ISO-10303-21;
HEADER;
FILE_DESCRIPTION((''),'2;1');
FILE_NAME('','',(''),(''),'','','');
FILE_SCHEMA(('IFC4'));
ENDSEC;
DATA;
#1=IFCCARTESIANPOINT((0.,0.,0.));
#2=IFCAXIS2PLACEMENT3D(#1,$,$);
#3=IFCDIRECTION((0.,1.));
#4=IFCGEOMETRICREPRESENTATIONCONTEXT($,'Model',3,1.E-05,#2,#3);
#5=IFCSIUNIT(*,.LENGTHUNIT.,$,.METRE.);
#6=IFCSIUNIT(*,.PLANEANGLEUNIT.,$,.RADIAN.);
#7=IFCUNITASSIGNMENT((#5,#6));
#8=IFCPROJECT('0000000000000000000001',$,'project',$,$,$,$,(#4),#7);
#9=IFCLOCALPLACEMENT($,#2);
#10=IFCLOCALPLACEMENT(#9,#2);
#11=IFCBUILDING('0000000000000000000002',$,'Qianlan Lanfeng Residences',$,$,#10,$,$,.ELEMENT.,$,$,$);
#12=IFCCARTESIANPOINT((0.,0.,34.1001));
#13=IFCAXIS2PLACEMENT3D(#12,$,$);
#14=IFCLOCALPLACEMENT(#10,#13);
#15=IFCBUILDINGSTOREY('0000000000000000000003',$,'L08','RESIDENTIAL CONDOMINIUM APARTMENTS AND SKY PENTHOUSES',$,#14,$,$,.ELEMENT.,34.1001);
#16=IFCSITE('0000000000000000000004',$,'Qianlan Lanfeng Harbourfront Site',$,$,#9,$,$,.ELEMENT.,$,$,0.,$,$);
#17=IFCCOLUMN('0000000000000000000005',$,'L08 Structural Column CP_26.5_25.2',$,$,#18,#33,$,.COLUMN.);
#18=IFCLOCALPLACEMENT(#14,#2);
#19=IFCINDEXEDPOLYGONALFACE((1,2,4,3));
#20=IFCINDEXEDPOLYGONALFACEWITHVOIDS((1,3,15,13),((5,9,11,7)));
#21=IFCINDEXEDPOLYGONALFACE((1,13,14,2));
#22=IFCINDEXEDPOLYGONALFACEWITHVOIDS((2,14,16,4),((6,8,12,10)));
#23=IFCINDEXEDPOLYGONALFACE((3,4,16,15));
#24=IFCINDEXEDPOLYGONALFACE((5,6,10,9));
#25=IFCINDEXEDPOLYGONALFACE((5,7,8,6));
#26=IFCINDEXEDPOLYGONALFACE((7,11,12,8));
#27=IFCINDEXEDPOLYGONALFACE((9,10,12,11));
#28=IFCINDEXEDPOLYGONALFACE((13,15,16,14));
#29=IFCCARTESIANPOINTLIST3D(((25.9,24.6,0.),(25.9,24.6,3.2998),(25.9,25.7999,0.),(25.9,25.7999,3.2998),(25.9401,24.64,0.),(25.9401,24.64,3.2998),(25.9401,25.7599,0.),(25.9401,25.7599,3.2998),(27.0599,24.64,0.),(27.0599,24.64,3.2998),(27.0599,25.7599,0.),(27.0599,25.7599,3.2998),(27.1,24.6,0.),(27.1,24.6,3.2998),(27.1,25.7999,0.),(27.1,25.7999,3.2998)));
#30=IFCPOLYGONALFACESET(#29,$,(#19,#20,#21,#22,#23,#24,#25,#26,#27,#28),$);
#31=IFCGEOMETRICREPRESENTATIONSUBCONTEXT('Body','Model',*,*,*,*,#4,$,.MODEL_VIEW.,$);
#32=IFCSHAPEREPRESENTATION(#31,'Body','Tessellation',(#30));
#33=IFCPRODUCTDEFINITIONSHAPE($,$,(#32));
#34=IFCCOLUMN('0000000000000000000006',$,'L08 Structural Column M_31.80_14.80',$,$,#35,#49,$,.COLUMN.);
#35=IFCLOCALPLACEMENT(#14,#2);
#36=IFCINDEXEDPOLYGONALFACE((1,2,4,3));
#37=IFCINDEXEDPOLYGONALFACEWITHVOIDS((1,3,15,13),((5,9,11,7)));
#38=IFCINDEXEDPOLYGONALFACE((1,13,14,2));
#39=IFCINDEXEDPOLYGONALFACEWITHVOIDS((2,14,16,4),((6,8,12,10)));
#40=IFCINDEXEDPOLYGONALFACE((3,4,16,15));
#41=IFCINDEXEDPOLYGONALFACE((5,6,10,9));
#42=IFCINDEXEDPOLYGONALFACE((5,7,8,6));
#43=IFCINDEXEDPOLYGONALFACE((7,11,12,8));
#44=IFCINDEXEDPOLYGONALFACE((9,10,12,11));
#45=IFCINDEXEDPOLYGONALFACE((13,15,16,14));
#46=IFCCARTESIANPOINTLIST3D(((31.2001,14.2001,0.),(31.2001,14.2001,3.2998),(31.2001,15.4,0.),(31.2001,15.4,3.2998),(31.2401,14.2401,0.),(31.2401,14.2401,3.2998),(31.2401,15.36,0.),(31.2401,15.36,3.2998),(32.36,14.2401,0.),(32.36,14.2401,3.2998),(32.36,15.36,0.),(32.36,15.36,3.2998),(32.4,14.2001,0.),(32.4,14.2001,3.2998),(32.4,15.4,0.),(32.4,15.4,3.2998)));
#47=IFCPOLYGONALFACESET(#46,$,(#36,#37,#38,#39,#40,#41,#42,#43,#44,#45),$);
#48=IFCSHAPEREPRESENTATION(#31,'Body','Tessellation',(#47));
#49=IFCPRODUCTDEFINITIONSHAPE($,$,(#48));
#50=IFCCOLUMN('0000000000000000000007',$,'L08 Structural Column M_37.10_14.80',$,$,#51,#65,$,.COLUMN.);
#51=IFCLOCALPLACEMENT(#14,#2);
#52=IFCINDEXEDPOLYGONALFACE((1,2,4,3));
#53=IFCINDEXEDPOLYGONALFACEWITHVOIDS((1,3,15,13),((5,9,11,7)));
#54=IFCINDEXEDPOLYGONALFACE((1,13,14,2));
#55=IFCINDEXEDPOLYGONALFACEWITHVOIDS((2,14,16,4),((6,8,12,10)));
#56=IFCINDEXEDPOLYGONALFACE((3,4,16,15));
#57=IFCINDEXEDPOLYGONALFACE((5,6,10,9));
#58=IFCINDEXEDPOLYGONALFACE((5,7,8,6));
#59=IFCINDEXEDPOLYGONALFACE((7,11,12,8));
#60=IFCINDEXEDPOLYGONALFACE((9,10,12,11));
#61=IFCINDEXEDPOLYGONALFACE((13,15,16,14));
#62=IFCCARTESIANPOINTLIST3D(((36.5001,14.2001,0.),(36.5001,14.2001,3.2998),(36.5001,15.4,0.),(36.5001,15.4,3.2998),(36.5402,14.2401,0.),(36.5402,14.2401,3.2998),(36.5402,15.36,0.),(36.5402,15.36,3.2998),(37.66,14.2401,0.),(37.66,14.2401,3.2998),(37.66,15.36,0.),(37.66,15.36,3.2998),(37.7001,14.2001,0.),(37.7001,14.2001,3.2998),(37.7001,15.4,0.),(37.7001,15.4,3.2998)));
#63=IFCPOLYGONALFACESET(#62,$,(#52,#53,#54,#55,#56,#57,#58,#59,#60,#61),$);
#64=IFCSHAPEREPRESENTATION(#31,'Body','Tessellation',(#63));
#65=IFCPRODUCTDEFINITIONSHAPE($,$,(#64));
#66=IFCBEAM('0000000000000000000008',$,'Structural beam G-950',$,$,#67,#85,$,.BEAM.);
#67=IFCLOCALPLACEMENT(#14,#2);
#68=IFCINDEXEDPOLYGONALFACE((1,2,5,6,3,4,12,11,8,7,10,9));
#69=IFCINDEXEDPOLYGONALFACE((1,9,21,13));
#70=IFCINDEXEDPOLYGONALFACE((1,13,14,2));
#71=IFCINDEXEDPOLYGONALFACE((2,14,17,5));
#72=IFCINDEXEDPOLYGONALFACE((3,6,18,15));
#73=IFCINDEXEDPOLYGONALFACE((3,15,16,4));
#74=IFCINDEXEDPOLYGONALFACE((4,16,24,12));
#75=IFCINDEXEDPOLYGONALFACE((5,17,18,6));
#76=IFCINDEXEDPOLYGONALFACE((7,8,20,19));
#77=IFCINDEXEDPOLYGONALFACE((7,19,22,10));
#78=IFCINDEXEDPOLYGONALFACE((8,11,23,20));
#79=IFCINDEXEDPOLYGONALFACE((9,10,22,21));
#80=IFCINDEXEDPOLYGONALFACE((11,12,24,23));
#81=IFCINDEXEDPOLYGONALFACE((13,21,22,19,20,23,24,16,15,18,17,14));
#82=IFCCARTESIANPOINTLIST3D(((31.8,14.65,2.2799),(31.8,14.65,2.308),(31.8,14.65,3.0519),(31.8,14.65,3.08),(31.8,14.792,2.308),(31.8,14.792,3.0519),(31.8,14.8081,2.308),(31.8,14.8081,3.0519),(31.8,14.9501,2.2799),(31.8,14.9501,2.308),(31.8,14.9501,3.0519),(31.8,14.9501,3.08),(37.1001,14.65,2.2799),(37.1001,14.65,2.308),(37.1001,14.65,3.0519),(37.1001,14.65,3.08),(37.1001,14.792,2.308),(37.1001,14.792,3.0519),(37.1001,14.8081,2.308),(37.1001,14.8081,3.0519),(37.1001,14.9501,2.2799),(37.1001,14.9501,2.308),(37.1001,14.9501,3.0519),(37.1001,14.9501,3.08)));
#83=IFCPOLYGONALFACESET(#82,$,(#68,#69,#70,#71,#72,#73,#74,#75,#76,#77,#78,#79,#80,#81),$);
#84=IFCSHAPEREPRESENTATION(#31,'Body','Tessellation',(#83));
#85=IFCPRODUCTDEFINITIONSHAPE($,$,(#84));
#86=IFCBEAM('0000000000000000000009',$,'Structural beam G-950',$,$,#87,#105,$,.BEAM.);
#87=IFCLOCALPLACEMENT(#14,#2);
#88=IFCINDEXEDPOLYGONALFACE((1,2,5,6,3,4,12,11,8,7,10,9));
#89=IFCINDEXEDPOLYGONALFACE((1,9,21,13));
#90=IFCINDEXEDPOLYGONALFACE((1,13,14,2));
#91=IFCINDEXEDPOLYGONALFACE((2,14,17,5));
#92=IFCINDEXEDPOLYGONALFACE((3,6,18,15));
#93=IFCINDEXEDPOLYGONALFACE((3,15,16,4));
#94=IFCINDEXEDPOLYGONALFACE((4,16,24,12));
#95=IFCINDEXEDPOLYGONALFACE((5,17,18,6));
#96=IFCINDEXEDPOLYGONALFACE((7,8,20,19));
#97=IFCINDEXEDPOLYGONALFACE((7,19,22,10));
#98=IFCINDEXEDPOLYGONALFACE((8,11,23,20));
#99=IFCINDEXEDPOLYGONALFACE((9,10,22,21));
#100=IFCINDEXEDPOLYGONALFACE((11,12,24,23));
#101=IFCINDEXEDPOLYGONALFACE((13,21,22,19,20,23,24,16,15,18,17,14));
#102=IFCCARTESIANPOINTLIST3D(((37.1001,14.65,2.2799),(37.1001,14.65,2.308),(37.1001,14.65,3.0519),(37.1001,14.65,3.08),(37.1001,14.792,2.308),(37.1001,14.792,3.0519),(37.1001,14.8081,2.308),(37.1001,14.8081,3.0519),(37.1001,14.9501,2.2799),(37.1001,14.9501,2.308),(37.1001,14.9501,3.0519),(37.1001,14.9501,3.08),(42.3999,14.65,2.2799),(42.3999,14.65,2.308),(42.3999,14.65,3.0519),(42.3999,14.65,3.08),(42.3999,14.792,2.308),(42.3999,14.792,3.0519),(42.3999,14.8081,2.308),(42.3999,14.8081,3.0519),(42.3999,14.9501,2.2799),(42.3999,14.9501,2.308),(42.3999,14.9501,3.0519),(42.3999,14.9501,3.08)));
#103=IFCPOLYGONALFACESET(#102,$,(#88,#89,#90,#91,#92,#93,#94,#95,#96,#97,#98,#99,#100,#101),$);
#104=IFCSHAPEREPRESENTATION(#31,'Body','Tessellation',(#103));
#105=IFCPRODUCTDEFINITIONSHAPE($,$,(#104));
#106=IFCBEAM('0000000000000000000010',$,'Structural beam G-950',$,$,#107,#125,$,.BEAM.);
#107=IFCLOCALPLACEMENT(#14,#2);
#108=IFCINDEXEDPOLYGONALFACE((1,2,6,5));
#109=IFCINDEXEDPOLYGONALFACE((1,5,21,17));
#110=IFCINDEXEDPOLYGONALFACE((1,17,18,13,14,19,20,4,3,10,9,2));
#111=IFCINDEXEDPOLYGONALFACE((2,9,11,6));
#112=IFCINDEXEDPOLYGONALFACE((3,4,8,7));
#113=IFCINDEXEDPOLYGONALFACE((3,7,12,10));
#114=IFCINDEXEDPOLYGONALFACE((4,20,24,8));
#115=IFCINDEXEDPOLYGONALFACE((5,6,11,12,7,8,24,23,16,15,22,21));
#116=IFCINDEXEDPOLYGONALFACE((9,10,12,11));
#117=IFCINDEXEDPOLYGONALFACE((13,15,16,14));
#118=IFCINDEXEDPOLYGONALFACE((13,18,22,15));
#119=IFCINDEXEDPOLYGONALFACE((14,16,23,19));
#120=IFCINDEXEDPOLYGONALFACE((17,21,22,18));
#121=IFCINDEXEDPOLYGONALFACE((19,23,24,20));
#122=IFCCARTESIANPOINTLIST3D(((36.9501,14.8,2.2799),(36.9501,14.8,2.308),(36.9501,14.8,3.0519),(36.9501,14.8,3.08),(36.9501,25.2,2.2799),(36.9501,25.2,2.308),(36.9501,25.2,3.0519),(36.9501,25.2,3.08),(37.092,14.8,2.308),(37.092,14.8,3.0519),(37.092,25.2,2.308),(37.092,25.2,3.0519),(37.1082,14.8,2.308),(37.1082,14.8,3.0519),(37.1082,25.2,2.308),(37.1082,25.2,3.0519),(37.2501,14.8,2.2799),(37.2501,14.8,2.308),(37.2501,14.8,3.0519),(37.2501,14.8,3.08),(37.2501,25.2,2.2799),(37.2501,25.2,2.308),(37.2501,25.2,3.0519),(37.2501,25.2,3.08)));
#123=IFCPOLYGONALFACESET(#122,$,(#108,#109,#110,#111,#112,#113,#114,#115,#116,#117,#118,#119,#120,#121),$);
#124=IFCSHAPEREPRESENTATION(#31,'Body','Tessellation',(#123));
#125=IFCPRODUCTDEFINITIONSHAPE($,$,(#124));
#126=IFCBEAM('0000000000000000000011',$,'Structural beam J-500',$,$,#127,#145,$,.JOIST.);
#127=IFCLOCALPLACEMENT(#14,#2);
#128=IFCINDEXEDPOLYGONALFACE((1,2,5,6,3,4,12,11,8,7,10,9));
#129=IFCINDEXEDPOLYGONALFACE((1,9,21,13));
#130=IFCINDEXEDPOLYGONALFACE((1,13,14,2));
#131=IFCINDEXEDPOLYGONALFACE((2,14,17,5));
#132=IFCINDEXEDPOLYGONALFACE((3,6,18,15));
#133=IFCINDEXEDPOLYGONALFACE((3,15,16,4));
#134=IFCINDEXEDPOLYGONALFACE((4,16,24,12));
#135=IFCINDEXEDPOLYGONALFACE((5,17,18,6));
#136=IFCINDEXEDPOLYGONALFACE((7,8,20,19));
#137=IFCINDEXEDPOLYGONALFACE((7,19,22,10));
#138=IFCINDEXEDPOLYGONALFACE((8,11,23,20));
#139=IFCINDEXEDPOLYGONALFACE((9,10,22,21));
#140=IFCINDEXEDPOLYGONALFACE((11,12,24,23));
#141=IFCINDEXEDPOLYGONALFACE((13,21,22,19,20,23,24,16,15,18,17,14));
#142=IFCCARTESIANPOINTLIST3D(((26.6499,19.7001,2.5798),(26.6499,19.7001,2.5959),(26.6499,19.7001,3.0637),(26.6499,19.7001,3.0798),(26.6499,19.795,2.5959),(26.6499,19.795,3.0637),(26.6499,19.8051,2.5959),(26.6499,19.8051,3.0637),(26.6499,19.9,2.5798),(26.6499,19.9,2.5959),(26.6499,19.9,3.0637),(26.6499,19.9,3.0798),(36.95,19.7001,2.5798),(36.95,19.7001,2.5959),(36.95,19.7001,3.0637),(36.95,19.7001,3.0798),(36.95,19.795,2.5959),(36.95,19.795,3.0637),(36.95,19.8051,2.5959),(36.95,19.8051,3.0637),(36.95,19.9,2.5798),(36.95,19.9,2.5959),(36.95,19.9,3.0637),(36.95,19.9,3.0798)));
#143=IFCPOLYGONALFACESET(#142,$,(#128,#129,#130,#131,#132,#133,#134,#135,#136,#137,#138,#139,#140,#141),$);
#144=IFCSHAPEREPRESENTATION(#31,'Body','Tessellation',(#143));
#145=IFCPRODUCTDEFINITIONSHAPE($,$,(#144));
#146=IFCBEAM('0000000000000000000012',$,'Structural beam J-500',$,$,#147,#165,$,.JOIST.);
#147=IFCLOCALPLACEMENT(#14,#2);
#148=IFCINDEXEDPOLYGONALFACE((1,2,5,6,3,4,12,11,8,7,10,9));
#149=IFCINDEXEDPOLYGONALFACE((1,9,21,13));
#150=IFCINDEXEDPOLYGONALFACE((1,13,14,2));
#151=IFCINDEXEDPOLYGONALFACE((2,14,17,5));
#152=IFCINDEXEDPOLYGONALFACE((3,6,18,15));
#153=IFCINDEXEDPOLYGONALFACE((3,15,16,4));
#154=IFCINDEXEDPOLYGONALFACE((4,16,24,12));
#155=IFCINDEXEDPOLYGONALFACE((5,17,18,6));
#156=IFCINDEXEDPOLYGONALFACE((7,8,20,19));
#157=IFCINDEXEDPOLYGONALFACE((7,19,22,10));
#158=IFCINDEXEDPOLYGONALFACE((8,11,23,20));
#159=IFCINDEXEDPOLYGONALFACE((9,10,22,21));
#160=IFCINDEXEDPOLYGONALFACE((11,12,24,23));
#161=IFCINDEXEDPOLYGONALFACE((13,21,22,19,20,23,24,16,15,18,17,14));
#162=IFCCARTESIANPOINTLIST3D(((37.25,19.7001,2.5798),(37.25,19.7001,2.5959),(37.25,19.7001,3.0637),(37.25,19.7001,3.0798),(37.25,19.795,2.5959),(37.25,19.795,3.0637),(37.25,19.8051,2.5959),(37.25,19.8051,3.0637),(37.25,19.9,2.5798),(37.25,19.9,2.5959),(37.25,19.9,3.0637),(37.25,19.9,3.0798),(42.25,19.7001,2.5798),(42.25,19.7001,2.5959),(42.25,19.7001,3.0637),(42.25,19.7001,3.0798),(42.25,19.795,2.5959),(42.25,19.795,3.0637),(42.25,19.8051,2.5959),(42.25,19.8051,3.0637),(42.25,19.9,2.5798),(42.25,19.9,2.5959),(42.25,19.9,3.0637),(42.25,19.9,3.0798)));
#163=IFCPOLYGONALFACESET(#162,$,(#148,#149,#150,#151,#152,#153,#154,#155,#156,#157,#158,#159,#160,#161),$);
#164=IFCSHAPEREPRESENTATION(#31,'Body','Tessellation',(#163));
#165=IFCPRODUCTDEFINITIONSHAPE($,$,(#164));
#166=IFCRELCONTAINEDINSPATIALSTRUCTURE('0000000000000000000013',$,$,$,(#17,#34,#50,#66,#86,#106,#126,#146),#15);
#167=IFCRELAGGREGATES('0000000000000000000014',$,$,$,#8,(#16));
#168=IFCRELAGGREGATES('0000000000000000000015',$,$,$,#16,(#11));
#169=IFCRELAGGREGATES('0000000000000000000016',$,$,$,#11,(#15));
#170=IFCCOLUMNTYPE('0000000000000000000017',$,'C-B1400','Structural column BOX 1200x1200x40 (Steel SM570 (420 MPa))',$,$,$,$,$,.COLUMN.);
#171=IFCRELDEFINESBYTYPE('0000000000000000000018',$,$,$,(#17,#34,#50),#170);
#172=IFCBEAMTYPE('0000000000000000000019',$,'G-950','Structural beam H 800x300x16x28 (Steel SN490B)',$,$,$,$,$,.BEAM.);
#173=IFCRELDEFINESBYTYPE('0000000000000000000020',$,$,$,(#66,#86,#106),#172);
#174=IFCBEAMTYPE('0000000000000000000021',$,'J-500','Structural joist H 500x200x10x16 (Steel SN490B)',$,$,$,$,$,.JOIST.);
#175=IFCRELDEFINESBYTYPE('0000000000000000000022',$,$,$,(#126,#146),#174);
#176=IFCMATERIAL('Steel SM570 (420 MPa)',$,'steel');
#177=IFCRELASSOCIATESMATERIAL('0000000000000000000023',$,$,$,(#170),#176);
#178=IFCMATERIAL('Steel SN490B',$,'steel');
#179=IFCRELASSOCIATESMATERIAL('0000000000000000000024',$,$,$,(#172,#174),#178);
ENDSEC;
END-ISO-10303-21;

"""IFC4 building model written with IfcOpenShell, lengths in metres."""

from ifc_helpers import new_model, si_unit, direction, frame, origin, origin_2d, place, context, subcontext, project, spatial, hollow_rectangle, i_section, extrude, material, material_profile, profile_set, type_object, element, save


model = new_model("IFC4")

# Units and contexts
model_context = context("Model", 3, precision=1e-05, world=origin(), true_north=direction((0.0, 1.0)))
body_context = subcontext(model_context, "Body", "Model", "MODEL_VIEW")
ifc_project = project(units=[si_unit("LENGTHUNIT", "METRE"), si_unit("PLANEANGLEUNIT", "RADIAN")], contexts=[model_context])

# Site, building, storey
site_placement = place(None, origin())
site = spatial("IfcSite", under=ifc_project, at=site_placement, Name="Qianlan Lanfeng Harbourfront Site", CompositionType="ELEMENT", RefElevation=0.0)
building_placement = place(site_placement, origin())
building = spatial("IfcBuilding", under=site, at=building_placement, Name="Qianlan Lanfeng Residences", CompositionType="ELEMENT")
storey_placement = place(building_placement, frame((0.0, 0.0, 34.1001)))
storey = spatial("IfcBuildingStorey", under=building, at=storey_placement, Name="L08", Description="RESIDENTIAL CONDOMINIUM APARTMENTS AND SKY PENTHOUSES", CompositionType="ELEMENT", Elevation=34.1001)

# Columns
ifc_material_1 = material(Name="Steel SM570 (420 MPa)", Category="steel")
ifc_material_profile_1 = material_profile(ifc_material_1, hollow_rectangle(XDim=1.2, YDim=1.2, WallThickness=0.04, at=origin_2d()), Name="BOX 1200x1200x40")
ifc_profile_set_1 = profile_set([ifc_material_profile_1], Name="Steel SM570 (420 MPa)")
column_type = type_object("IfcColumnType", Name="C-B1400", Description="Structural column BOX 1200x1200x40 (Steel SM570 (420 MPa))", PredefinedType="COLUMN", material=ifc_profile_set_1)
for number, where, z_axis, x_axis, name in (
    (1, (26.5, 25.2, 0.0), (0.0, 0.0, 1.0), (1.0, 0.0, 0.0), "L08 Structural Column CP_26.5_25.2"),
    (2, (31.8, 14.8, 0.0), (0.0, 0.0, 1.0), (1.0, 0.0, 0.0), "L08 Structural Column M_31.80_14.80"),
    (3, (37.1001, 14.8, 0.0), (0.0, 0.0, 1.0), (1.0, 0.0, 0.0), "L08 Structural Column M_37.10_14.80"),
):
    element("IfcColumn", number, at=place(storey_placement, frame(where, z_axis=z_axis, x_axis=x_axis)), inside=storey, type_object=column_type, Name=name, PredefinedType="COLUMN", context=body_context, shape_type="SweptSolid", body=[
        extrude(hollow_rectangle(XDim=1.2, YDim=1.2, WallThickness=0.04, at=origin_2d()), origin(), (0.0, 0.0, 1.0), 3.2998),
    ])

# Beams
ifc_material_2 = material(Name="Steel SN490B", Category="steel")
ifc_material_profile_2 = material_profile(ifc_material_2, i_section(OverallWidth=0.3, OverallDepth=0.8, WebThickness=0.0161, FlangeThickness=0.0281, at=origin_2d()), Name="H 800x300x16x28")
ifc_profile_set_2 = profile_set([ifc_material_profile_2], Name="Steel SN490B")
beam_type_1 = type_object("IfcBeamType", Name="G-950", Description="Structural beam H 800x300x16x28 (Steel SN490B)", PredefinedType="BEAM", material=ifc_profile_set_2)
beam_1_placement = place(storey_placement, frame((31.8, 14.8, 2.6799), z_axis=(1.0, 0.0, 0.0), x_axis=(0.0, 1.0, 0.0)))
element("IfcBeam", 4, at=beam_1_placement, inside=storey, type_object=beam_type_1, Name="Structural beam G-950", PredefinedType="BEAM", context=body_context, shape_type="SweptSolid", body=[
    extrude(i_section(OverallWidth=0.3, OverallDepth=0.8, WebThickness=0.0161, FlangeThickness=0.0281, at=origin_2d()), origin(), (0.0, 0.0, 1.0), 5.3),
])
beam_2_placement = place(storey_placement, frame((37.1001, 14.8, 2.6799), z_axis=(1.0, 0.0, 0.0), x_axis=(0.0, 1.0, 0.0)))
element("IfcBeam", 5, at=beam_2_placement, inside=storey, type_object=beam_type_1, Name="Structural beam G-950", PredefinedType="BEAM", context=body_context, shape_type="SweptSolid", body=[
    extrude(i_section(OverallWidth=0.3, OverallDepth=0.8, WebThickness=0.0161, FlangeThickness=0.0281, at=origin_2d()), origin(), (0.0, 0.0, 1.0), 5.2998),
])
beam_3_placement = place(storey_placement, frame((37.1001, 14.8, 2.6799), z_axis=(0.0, 1.0, 0.0), x_axis=(-1.0, 0.0, 0.0)))
element("IfcBeam", 6, at=beam_3_placement, inside=storey, type_object=beam_type_1, Name="Structural beam G-950", PredefinedType="BEAM", context=body_context, shape_type="SweptSolid", body=[
    extrude(i_section(OverallWidth=0.3, OverallDepth=0.8, WebThickness=0.0161, FlangeThickness=0.0281, at=origin_2d()), origin(), (0.0, 0.0, 1.0), 10.3999),
])
ifc_material_profile_3 = material_profile(ifc_material_2, i_section(OverallWidth=0.2, OverallDepth=0.5, WebThickness=0.01, FlangeThickness=0.0161, at=origin_2d()), Name="H 500x200x10x16")
ifc_profile_set_3 = profile_set([ifc_material_profile_3], Name="Steel SN490B")
beam_type_2 = type_object("IfcBeamType", Name="J-500", Description="Structural joist H 500x200x10x16 (Steel SN490B)", PredefinedType="JOIST", material=ifc_profile_set_3)
beam_4_placement = place(storey_placement, frame((26.6499, 19.8, 2.8298), z_axis=(1.0, 0.0, 0.0), x_axis=(0.0, 1.0, 0.0)))
element("IfcBeam", 7, at=beam_4_placement, inside=storey, type_object=beam_type_2, Name="Structural beam J-500", PredefinedType="JOIST", context=body_context, shape_type="SweptSolid", body=[
    extrude(i_section(OverallWidth=0.2, OverallDepth=0.5, WebThickness=0.01, FlangeThickness=0.0161, at=origin_2d()), origin(), (0.0, 0.0, 1.0), 10.3),
])
beam_5_placement = place(storey_placement, frame((37.25, 19.8, 2.8298), z_axis=(1.0, 0.0, 0.0), x_axis=(0.0, 1.0, 0.0)))
element("IfcBeam", 8, at=beam_5_placement, inside=storey, type_object=beam_type_2, Name="Structural beam J-500", PredefinedType="JOIST", context=body_context, shape_type="SweptSolid", body=[
    extrude(i_section(OverallWidth=0.2, OverallDepth=0.5, WebThickness=0.01, FlangeThickness=0.0161, at=origin_2d()), origin(), (0.0, 0.0, 1.0), 5.0),
])

save(model, "model.ifc")
